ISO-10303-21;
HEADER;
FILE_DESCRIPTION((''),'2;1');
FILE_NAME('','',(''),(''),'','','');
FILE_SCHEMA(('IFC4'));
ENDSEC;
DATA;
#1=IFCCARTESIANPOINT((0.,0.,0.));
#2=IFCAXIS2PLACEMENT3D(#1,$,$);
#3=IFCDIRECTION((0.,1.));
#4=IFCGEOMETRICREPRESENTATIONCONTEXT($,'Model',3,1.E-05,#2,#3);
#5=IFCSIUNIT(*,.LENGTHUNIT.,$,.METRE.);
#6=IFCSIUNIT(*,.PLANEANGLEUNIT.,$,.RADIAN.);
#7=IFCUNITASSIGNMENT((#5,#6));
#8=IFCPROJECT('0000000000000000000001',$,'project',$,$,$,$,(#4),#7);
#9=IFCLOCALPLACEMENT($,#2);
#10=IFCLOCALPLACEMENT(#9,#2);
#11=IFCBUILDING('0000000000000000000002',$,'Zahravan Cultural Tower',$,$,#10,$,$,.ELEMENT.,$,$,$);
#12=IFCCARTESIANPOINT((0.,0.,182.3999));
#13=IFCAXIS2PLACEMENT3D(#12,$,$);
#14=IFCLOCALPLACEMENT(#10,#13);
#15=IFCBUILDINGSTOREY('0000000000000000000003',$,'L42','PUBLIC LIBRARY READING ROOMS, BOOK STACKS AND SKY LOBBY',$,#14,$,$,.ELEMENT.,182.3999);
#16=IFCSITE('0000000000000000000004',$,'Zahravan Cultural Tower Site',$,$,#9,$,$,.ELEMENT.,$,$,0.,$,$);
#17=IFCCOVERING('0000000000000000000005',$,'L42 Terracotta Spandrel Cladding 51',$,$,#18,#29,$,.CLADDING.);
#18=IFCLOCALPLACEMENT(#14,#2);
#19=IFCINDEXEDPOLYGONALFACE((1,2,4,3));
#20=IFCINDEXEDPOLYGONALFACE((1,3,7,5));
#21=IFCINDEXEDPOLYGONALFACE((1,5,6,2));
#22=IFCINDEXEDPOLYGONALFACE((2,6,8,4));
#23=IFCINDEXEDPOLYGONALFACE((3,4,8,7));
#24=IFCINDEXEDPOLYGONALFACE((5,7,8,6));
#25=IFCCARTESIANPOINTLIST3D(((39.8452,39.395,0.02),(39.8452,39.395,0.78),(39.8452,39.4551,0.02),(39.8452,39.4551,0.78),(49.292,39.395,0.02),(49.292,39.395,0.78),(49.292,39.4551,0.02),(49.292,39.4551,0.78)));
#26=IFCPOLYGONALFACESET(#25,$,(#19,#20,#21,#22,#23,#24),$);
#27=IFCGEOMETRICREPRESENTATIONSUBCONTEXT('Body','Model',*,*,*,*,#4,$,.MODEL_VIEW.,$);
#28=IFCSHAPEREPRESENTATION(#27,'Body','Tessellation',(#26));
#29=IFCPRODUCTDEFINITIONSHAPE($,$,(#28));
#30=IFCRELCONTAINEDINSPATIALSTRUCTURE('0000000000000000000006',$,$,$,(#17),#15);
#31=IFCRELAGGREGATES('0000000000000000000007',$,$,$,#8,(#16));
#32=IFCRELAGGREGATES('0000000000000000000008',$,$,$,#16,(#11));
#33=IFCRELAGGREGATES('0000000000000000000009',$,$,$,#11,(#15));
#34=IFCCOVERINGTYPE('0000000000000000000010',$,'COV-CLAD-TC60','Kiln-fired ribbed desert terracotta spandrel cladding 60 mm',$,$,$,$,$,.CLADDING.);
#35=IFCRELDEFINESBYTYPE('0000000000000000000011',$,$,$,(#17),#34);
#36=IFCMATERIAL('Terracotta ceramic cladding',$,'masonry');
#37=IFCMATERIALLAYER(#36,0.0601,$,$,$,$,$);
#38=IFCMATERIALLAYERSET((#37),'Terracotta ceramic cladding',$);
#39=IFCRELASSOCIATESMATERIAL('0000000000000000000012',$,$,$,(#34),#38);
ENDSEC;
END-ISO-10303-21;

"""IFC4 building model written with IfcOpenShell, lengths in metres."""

from ifc_helpers import new_model, si_unit, direction, frame, origin, origin_2d, place, context, subcontext, project, spatial, rectangle, extrude, source, transform, mapped, material, layer, layer_set, type_object, element, save


model = new_model("IFC4")

# Units and contexts
model_context = context("Model", 3, precision=1e-05, world=origin(), true_north=direction((0.0, 1.0)))
body_context = subcontext(model_context, "Body", "Model", "MODEL_VIEW")
ifc_project = project(units=[si_unit("LENGTHUNIT", "METRE"), si_unit("PLANEANGLEUNIT", "RADIAN")], contexts=[model_context])

# Site, building, storey
site_placement = place(None, origin())
site = spatial("IfcSite", under=ifc_project, at=site_placement, Name="Zahravan Cultural Tower Site", CompositionType="ELEMENT", RefElevation=0.0)
building_placement = place(site_placement, origin())
building = spatial("IfcBuilding", under=site, at=building_placement, Name="Zahravan Cultural Tower", CompositionType="ELEMENT")
storey_placement = place(building_placement, frame((0.0, 0.0, 182.3999)))
storey = spatial("IfcBuildingStorey", under=building, at=storey_placement, Name="L42", Description="PUBLIC LIBRARY READING ROOMS, BOOK STACKS AND SKY LOBBY", CompositionType="ELEMENT", Elevation=182.3999)

# Covering
ifc_material_1 = material(Name="Terracotta ceramic cladding", Category="masonry")
ifc_layer_1 = layer(ifc_material_1, 0.0601)
ifc_layer_set_1 = layer_set([ifc_layer_1], Name="Terracotta ceramic cladding")
covering_type = type_object("IfcCoveringType", Name="COV-CLAD-TC60", Description="Kiln-fired ribbed desert terracotta spandrel cladding 60 mm", PredefinedType="CLADDING", material=ifc_layer_set_1)
shared_shape_1 = source(origin(), body_context, "Body", "SweptSolid", [
    extrude(rectangle(XDim=9.4468, YDim=0.0601, at=origin_2d()), origin(), (0.0, 0.0, 1.0), 0.76),
])
covering_1_placement = place(storey_placement, frame((44.5686, 39.425, 0.02), z_axis=(0.0, 0.0, 1.0), x_axis=(1.0, 0.0, 0.0)))
element("IfcCovering", 1, at=covering_1_placement, inside=storey, type_object=covering_type, Name="L42 Terracotta Spandrel Cladding 51", PredefinedType="CLADDING", context=body_context, shape_type="MappedRepresentation", body=[
    mapped(shared_shape_1, transform((0.0, 0.0, 0.0), x_axis=(1.0, 0.0, 0.0), y_axis=(0.0, 1.0, 0.0), z_axis=(0.0, 0.0, 1.0), scale=1.0)),
])

save(model, "model.ifc")
